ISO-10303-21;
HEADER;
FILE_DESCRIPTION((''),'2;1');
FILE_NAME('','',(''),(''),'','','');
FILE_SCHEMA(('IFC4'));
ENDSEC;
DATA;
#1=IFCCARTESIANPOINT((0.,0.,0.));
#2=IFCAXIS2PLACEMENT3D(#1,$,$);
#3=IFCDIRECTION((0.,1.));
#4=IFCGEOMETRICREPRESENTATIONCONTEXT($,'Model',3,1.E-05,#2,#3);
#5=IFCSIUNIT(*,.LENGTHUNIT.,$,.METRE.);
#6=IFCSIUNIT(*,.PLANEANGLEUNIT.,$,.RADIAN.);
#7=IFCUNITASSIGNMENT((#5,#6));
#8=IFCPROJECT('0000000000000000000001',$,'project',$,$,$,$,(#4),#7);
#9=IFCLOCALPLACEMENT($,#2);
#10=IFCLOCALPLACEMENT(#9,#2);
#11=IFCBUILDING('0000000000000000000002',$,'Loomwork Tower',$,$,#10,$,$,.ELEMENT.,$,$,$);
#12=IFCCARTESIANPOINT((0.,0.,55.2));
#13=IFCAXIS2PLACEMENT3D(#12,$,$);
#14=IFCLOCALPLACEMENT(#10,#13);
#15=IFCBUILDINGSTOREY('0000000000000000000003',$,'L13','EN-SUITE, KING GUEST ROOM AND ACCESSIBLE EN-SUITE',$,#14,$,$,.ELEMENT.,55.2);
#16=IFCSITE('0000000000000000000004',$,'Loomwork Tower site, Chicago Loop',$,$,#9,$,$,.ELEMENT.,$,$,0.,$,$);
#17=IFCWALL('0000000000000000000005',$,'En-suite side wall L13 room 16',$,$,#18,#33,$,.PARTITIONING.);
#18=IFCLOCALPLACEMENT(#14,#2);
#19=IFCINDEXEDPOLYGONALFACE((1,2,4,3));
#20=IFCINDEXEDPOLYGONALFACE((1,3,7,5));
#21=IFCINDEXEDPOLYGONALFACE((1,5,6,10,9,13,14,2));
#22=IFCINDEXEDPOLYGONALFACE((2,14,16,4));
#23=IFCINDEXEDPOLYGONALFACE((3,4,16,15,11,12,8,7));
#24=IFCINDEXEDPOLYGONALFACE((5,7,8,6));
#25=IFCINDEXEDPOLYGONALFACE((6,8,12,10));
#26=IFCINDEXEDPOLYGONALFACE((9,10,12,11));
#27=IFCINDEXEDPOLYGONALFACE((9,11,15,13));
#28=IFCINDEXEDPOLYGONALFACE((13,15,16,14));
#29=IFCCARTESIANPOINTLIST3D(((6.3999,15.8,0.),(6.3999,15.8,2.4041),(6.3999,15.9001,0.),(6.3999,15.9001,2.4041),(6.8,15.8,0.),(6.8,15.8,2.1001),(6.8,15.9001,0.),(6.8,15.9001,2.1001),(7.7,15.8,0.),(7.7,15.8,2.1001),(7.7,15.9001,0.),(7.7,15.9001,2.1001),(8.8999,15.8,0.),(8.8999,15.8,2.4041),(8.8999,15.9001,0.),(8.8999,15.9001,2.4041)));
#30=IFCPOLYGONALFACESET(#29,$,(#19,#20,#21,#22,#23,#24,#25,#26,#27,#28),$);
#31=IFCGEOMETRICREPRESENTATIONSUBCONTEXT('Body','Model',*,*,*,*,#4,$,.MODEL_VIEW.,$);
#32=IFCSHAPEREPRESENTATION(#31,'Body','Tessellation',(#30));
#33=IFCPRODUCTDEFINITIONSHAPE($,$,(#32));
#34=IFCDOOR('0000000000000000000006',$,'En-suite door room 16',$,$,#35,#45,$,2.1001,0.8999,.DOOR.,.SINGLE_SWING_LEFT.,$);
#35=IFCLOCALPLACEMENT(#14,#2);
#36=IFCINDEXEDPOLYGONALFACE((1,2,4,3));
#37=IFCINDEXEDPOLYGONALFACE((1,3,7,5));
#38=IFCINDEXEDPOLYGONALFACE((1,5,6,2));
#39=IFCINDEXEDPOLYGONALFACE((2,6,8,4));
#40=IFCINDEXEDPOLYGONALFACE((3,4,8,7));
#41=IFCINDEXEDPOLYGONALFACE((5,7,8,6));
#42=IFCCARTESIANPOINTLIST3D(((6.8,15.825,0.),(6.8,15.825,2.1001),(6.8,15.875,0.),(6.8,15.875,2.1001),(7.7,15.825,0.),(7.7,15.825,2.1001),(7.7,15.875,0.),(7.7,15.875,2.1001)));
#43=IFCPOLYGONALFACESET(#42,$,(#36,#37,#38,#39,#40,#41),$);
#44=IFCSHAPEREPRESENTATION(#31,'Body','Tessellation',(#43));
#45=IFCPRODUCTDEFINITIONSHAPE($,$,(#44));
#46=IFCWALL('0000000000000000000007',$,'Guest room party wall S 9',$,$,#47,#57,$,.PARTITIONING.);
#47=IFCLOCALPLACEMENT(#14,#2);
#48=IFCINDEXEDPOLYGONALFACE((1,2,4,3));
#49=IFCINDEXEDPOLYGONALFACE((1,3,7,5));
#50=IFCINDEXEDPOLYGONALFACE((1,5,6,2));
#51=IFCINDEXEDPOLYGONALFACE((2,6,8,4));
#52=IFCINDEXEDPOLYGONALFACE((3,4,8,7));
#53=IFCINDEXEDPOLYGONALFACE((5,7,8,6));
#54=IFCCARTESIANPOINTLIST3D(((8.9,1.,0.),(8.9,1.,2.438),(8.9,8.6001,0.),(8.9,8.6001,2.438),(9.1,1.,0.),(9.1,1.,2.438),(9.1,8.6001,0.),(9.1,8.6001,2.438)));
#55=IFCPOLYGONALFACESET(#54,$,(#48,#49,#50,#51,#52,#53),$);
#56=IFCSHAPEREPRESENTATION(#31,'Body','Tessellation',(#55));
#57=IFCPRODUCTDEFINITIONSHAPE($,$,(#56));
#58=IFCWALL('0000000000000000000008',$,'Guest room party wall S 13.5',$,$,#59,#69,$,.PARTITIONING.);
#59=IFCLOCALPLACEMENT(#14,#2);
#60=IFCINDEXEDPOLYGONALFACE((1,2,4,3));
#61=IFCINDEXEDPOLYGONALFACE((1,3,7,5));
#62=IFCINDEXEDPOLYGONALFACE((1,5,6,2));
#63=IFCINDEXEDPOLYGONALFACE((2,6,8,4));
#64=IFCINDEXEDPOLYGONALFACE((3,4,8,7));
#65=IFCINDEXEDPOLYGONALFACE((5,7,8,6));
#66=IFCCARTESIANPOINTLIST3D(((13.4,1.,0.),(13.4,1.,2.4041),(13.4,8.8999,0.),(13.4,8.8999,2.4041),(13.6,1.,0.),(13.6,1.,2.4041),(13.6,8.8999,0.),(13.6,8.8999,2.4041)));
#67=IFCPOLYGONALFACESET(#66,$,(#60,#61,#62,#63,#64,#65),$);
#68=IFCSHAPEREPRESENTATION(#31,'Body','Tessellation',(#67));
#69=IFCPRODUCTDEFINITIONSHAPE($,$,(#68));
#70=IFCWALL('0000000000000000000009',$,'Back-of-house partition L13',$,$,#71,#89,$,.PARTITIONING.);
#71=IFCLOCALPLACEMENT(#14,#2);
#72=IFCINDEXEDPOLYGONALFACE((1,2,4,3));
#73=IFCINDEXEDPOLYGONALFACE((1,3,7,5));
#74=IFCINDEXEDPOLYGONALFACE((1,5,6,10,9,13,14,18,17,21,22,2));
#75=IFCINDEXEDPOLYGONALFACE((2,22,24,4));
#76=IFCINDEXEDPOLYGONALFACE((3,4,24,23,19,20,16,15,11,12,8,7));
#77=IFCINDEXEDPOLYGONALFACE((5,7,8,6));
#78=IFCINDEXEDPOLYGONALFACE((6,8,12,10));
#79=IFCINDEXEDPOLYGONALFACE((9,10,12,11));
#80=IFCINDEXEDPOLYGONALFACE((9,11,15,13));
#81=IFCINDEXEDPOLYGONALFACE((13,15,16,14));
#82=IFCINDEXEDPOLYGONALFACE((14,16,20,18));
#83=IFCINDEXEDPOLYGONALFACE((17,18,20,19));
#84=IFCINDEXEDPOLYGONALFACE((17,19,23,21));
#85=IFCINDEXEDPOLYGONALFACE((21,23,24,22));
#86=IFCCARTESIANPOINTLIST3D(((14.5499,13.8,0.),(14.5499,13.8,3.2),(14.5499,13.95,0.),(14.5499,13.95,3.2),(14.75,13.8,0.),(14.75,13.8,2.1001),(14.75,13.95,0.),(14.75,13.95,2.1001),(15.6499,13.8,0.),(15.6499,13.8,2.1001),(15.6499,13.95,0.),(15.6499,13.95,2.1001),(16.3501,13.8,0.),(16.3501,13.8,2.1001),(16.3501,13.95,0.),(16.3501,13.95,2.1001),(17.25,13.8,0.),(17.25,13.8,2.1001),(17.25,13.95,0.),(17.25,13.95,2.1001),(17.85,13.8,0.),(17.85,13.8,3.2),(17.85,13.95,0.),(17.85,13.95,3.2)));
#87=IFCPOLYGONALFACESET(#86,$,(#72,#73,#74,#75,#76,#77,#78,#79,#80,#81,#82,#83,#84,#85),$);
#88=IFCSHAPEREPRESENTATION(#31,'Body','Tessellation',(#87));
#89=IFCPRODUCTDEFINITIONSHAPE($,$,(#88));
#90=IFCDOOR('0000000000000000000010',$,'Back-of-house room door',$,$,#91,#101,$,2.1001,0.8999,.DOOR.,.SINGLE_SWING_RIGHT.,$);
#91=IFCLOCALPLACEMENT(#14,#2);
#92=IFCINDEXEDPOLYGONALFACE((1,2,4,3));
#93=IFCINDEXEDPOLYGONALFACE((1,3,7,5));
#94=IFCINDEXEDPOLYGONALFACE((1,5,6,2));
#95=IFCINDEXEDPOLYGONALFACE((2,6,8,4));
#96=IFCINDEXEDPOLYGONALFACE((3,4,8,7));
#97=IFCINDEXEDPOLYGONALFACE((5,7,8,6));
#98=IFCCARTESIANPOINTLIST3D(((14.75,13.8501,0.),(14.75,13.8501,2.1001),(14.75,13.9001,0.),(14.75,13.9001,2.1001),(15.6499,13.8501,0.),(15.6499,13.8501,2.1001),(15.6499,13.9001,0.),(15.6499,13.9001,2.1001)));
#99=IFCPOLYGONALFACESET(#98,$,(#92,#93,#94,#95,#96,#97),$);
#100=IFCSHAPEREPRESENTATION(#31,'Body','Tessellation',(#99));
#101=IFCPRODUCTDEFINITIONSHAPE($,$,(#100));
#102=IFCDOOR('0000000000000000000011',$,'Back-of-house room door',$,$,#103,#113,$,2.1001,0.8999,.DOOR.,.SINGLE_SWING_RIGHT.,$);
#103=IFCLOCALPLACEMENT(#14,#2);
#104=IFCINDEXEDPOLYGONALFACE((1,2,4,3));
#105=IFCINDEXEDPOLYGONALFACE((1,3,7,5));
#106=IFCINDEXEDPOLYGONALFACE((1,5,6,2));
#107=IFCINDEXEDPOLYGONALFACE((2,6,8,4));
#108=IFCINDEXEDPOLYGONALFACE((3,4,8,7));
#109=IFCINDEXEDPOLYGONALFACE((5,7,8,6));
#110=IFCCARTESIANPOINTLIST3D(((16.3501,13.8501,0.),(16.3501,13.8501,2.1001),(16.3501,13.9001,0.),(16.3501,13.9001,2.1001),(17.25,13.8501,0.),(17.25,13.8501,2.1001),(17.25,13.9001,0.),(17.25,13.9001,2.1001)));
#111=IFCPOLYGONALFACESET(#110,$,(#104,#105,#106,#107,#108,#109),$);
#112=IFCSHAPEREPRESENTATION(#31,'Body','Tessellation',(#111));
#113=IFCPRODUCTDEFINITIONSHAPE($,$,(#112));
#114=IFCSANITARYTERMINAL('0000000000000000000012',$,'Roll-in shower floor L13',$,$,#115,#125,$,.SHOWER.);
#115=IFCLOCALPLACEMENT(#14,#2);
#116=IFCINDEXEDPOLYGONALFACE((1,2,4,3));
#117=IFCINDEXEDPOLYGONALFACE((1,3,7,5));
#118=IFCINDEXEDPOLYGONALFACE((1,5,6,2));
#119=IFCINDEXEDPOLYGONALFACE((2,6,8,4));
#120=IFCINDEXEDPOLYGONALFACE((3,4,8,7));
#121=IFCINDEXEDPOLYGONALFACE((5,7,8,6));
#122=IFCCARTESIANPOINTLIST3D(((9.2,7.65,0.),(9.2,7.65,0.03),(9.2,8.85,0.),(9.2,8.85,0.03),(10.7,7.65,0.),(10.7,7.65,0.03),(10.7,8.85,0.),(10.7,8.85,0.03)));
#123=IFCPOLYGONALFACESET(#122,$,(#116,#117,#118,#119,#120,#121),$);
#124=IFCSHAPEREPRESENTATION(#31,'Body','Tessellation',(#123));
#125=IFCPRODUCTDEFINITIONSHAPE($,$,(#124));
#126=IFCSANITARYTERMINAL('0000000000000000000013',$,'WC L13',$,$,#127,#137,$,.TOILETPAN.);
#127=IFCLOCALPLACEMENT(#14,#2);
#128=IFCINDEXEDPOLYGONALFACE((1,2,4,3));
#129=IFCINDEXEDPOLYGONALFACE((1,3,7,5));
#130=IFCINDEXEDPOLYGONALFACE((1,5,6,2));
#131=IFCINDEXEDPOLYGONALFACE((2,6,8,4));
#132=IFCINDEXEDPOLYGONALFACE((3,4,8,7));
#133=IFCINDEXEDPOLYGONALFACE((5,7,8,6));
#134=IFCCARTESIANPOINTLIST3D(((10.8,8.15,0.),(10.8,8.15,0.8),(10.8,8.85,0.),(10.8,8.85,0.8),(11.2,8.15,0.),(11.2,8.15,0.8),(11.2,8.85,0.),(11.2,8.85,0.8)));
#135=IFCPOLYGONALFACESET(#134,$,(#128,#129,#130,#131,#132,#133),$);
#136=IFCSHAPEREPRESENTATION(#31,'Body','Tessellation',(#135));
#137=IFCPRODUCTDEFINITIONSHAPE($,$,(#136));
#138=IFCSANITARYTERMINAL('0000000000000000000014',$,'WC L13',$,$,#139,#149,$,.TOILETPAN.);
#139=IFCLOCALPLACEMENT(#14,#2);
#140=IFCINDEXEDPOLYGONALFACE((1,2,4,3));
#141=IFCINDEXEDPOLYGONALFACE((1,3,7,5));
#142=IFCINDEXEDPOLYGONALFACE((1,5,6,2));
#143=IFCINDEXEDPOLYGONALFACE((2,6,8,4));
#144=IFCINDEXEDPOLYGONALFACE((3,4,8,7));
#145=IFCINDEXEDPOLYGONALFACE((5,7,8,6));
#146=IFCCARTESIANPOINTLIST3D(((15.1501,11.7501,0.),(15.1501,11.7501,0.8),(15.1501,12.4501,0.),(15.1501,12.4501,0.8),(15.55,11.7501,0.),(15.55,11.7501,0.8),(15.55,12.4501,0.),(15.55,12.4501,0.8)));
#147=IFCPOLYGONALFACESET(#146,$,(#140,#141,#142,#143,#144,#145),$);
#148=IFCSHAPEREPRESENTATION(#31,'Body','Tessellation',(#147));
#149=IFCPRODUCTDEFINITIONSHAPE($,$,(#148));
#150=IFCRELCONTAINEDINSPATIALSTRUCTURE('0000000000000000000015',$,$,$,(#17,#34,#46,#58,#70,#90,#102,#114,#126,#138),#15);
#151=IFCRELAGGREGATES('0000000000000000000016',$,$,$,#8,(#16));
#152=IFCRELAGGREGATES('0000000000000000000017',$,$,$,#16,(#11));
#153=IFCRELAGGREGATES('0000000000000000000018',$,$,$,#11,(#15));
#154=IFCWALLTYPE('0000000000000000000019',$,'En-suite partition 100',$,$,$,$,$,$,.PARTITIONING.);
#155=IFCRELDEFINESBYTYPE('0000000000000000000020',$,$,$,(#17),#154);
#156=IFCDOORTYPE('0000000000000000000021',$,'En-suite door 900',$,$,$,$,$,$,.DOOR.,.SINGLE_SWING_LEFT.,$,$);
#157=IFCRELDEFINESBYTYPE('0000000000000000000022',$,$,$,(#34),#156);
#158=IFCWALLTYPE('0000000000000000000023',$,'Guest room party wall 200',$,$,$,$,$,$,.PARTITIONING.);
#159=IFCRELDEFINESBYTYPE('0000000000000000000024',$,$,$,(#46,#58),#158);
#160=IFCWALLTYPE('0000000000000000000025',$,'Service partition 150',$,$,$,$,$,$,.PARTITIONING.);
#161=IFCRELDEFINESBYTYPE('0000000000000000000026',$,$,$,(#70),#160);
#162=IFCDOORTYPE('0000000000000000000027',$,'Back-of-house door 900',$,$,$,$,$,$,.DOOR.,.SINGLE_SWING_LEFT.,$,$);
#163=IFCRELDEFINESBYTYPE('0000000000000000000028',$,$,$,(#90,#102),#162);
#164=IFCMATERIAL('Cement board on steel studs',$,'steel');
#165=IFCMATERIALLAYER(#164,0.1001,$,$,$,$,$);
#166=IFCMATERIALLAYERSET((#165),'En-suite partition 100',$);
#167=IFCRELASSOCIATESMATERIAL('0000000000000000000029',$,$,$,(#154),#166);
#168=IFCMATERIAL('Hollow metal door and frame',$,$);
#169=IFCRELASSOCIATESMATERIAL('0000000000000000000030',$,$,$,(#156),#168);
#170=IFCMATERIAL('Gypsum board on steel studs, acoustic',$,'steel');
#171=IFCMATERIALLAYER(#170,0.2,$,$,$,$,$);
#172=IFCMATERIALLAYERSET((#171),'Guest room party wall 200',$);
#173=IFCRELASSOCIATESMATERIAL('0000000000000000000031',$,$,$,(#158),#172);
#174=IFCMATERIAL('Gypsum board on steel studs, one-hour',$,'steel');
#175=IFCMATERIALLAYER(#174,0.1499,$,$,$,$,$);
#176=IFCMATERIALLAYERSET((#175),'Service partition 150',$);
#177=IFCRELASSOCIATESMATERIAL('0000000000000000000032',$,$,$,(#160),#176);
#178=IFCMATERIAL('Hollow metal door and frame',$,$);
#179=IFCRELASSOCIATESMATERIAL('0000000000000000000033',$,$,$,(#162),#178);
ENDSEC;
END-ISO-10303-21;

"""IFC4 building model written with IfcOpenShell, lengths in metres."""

from ifc_helpers import new_model, si_unit, direction, frame, frame_2d, origin, origin_2d, place, context, subcontext, project, spatial, rectangle, extrude, material, layer, layer_set, type_object, element, fill, save


model = new_model("IFC4")

# Units and contexts
model_context = context("Model", 3, precision=1e-05, world=origin(), true_north=direction((0.0, 1.0)))
body_context = subcontext(model_context, "Body", "Model", "MODEL_VIEW")
ifc_project = project(units=[si_unit("LENGTHUNIT", "METRE"), si_unit("PLANEANGLEUNIT", "RADIAN")], contexts=[model_context])

# Site, building, storey
site_placement = place(None, origin())
site = spatial("IfcSite", under=ifc_project, at=site_placement, Name="Loomwork Tower site, Chicago Loop", CompositionType="ELEMENT", RefElevation=0.0)
building_placement = place(site_placement, origin())
building = spatial("IfcBuilding", under=site, at=building_placement, Name="Loomwork Tower", CompositionType="ELEMENT")
storey_placement = place(building_placement, frame((0.0, 0.0, 55.2)))
storey = spatial("IfcBuildingStorey", under=building, at=storey_placement, Name="L13", Description="EN-SUITE, KING GUEST ROOM AND ACCESSIBLE EN-SUITE", CompositionType="ELEMENT", Elevation=55.2)

# Shared definitions
ifc_material_1 = material(Name="Cement board on steel studs", Category="steel")
ifc_layer_1 = layer(ifc_material_1, 0.1001)
ifc_layer_set_1 = layer_set([ifc_layer_1], Name="En-suite partition 100")
wall_type_1 = type_object("IfcWallType", Name="En-suite partition 100", PredefinedType="PARTITIONING", material=ifc_layer_set_1)

# Wall, opening, door
wall_1_placement = place(storey_placement, frame((8.8999, 15.8501, 0.0), z_axis=(0.0, 0.0, 1.0), x_axis=(-1.0, 0.0, 0.0)))
wall_1 = element("IfcWall", 1, at=wall_1_placement, inside=storey, type_object=wall_type_1, Name="En-suite side wall L13 room 16", PredefinedType="PARTITIONING", context=body_context, shape_type="SweptSolid", body=[
    extrude(rectangle(XDim=2.5, YDim=0.1001, at=frame_2d((1.25, 0.0))), origin(), (0.0, 0.0, 1.0), 2.4041),
])
opening_1_placement = place(wall_1_placement, frame((1.2, 0.0, 0.0)))
opening_1 = element("IfcOpeningElement", 2, at=opening_1_placement, cuts=wall_1, PredefinedType="OPENING", context=body_context, shape_type="SweptSolid", body=[
    extrude(rectangle(XDim=0.8999, YDim=2.1001, at=frame_2d((0.45, 1.05))), frame((0.0, 0.0601, 0.0), z_axis=(0.0, -1.0, 0.0), x_axis=(1.0, 0.0, 0.0)), (0.0, 0.0, 1.0), 0.1201),
])
ifc_material_2 = material(Name="Hollow metal door and frame")
door_type_1 = type_object("IfcDoorType", Name="En-suite door 900", OperationType="SINGLE_SWING_LEFT", PredefinedType="DOOR", material=ifc_material_2)
door_1_placement = place(opening_1_placement, frame((0.8999, 0.0, 0.0), z_axis=(0.0, 0.0, 1.0), x_axis=(-1.0, 0.0, 0.0)))
door_1 = element("IfcDoor", 3, at=door_1_placement, inside=storey, type_object=door_type_1, Name="En-suite door room 16", OperationType="SINGLE_SWING_LEFT", OverallHeight=2.1001, OverallWidth=0.8999, PredefinedType="DOOR", context=body_context, shape_type="SweptSolid", body=[
    extrude(rectangle(XDim=0.8999, YDim=2.1001, at=frame_2d((0.45, 1.05))), frame((0.0, 0.0249, 0.0), z_axis=(0.0, -1.0, 0.0), x_axis=(1.0, 0.0, 0.0)), (0.0, 0.0, 1.0), 0.05),
])
fill(opening_1, door_1)

# Walls
ifc_material_3 = material(Name="Gypsum board on steel studs, acoustic", Category="steel")
ifc_layer_2 = layer(ifc_material_3, 0.2)
ifc_layer_set_2 = layer_set([ifc_layer_2], Name="Guest room party wall 200")
wall_type_2 = type_object("IfcWallType", Name="Guest room party wall 200", PredefinedType="PARTITIONING", material=ifc_layer_set_2)
wall_2_placement = place(storey_placement, frame((9.0, 8.6001, 0.0), z_axis=(0.0, 0.0, 1.0), x_axis=(0.0, -1.0, 0.0)))
element("IfcWall", 4, at=wall_2_placement, inside=storey, type_object=wall_type_2, Name="Guest room party wall S 9", PredefinedType="PARTITIONING", context=body_context, shape_type="SweptSolid", body=[
    extrude(rectangle(XDim=7.6001, YDim=0.2, at=frame_2d((3.8, 0.0))), origin(), (0.0, 0.0, 1.0), 2.438),
])
wall_3_placement = place(storey_placement, frame((13.5, 8.8999, 0.0), z_axis=(0.0, 0.0, 1.0), x_axis=(0.0, -1.0, 0.0)))
element("IfcWall", 5, at=wall_3_placement, inside=storey, type_object=wall_type_2, Name="Guest room party wall S 13.5", PredefinedType="PARTITIONING", context=body_context, shape_type="SweptSolid", body=[
    extrude(rectangle(XDim=7.8999, YDim=0.2, at=frame_2d((3.95, 0.0))), origin(), (0.0, 0.0, 1.0), 2.4041),
])

# Wall, openings, doors
ifc_material_4 = material(Name="Gypsum board on steel studs, one-hour", Category="steel")
ifc_layer_3 = layer(ifc_material_4, 0.1499)
ifc_layer_set_3 = layer_set([ifc_layer_3], Name="Service partition 150")
wall_type_3 = type_object("IfcWallType", Name="Service partition 150", PredefinedType="PARTITIONING", material=ifc_layer_set_3)
wall_4_placement = place(storey_placement, frame((14.55, 13.875, 0.0), z_axis=(0.0, 0.0, 1.0), x_axis=(1.0, 0.0, 0.0)))
wall_4 = element("IfcWall", 6, at=wall_4_placement, inside=storey, type_object=wall_type_3, Name="Back-of-house partition L13", PredefinedType="PARTITIONING", context=body_context, shape_type="SweptSolid", body=[
    extrude(rectangle(XDim=3.3, YDim=0.1499, at=frame_2d((1.6499, 0.0))), origin(), (0.0, 0.0, 1.0), 3.2),
])
opening_2_placement = place(wall_4_placement, frame((0.2, 0.0, 0.0)))
opening_2 = element("IfcOpeningElement", 7, at=opening_2_placement, cuts=wall_4, PredefinedType="OPENING", context=body_context, shape_type="SweptSolid", body=[
    extrude(rectangle(XDim=0.8999, YDim=2.1001, at=frame_2d((0.45, 1.05))), frame((0.0, 0.085, 0.0), z_axis=(0.0, -1.0, 0.0), x_axis=(1.0, 0.0, 0.0)), (0.0, 0.0, 1.0), 0.1699),
])
opening_3_placement = place(wall_4_placement, frame((1.8, 0.0, 0.0)))
opening_3 = element("IfcOpeningElement", 8, at=opening_3_placement, cuts=wall_4, PredefinedType="OPENING", context=body_context, shape_type="SweptSolid", body=[
    extrude(rectangle(XDim=0.8999, YDim=2.1001, at=frame_2d((0.45, 1.05))), frame((0.0, 0.085, 0.0), z_axis=(0.0, -1.0, 0.0), x_axis=(1.0, 0.0, 0.0)), (0.0, 0.0, 1.0), 0.1699),
])
ifc_material_5 = material(Name="Hollow metal door and frame")
door_type_2 = type_object("IfcDoorType", Name="Back-of-house door 900", OperationType="SINGLE_SWING_LEFT", PredefinedType="DOOR", material=ifc_material_5)
door_2_placement = place(opening_2_placement, frame((0.8999, 0.0, 0.0), z_axis=(0.0, 0.0, 1.0), x_axis=(-1.0, 0.0, 0.0)))
door_2 = element("IfcDoor", 9, at=door_2_placement, inside=storey, type_object=door_type_2, Name="Back-of-house room door", OperationType="SINGLE_SWING_RIGHT", OverallHeight=2.1001, OverallWidth=0.8999, PredefinedType="DOOR", context=body_context, shape_type="SweptSolid", body=[
    extrude(rectangle(XDim=0.8999, YDim=2.1001, at=frame_2d((0.45, 1.05))), frame((0.0, 0.0249, 0.0), z_axis=(0.0, -1.0, 0.0), x_axis=(1.0, 0.0, 0.0)), (0.0, 0.0, 1.0), 0.05),
])
fill(opening_2, door_2)
door_3_placement = place(opening_3_placement, frame((0.8999, 0.0, 0.0), z_axis=(0.0, 0.0, 1.0), x_axis=(-1.0, 0.0, 0.0)))
door_3 = element("IfcDoor", 10, at=door_3_placement, inside=storey, type_object=door_type_2, Name="Back-of-house room door", OperationType="SINGLE_SWING_RIGHT", OverallHeight=2.1001, OverallWidth=0.8999, PredefinedType="DOOR", context=body_context, shape_type="SweptSolid", body=[
    extrude(rectangle(XDim=0.8999, YDim=2.1001, at=frame_2d((0.45, 1.05))), frame((0.0, 0.0249, 0.0), z_axis=(0.0, -1.0, 0.0), x_axis=(1.0, 0.0, 0.0)), (0.0, 0.0, 1.0), 0.05),
])
fill(opening_3, door_3)

# Sanitary terminals
sanitary_terminal_placement = place(storey_placement, frame((9.95, 8.25, 0.0), z_axis=(0.0, 0.0, 1.0), x_axis=(1.0, 0.0, 0.0)))
element("IfcSanitaryTerminal", 11, at=sanitary_terminal_placement, inside=storey, Name="Roll-in shower floor L13", PredefinedType="SHOWER", context=body_context, shape_type="SweptSolid", body=[
    extrude(rectangle(XDim=1.5, YDim=1.2, at=origin_2d()), origin(), (0.0, 0.0, 1.0), 0.03),
])
for number, where, z_axis, x_axis, name in (
    (12, (11.0, 8.5, 0.0), (0.0, 0.0, 1.0), (1.0, 0.0, 0.0), "WC L13"),
    (13, (15.3501, 12.1001, 0.0), (0.0, 0.0, 1.0), (1.0, 0.0, 0.0), "WC L13"),
):
    element("IfcSanitaryTerminal", number, at=place(storey_placement, frame(where, z_axis=z_axis, x_axis=x_axis)), inside=storey, Name=name, PredefinedType="TOILETPAN", context=body_context, shape_type="SweptSolid", body=[
        extrude(rectangle(XDim=0.3999, YDim=0.7, at=origin_2d()), origin(), (0.0, 0.0, 1.0), 0.8),
    ])

save(model, "model.ifc")
